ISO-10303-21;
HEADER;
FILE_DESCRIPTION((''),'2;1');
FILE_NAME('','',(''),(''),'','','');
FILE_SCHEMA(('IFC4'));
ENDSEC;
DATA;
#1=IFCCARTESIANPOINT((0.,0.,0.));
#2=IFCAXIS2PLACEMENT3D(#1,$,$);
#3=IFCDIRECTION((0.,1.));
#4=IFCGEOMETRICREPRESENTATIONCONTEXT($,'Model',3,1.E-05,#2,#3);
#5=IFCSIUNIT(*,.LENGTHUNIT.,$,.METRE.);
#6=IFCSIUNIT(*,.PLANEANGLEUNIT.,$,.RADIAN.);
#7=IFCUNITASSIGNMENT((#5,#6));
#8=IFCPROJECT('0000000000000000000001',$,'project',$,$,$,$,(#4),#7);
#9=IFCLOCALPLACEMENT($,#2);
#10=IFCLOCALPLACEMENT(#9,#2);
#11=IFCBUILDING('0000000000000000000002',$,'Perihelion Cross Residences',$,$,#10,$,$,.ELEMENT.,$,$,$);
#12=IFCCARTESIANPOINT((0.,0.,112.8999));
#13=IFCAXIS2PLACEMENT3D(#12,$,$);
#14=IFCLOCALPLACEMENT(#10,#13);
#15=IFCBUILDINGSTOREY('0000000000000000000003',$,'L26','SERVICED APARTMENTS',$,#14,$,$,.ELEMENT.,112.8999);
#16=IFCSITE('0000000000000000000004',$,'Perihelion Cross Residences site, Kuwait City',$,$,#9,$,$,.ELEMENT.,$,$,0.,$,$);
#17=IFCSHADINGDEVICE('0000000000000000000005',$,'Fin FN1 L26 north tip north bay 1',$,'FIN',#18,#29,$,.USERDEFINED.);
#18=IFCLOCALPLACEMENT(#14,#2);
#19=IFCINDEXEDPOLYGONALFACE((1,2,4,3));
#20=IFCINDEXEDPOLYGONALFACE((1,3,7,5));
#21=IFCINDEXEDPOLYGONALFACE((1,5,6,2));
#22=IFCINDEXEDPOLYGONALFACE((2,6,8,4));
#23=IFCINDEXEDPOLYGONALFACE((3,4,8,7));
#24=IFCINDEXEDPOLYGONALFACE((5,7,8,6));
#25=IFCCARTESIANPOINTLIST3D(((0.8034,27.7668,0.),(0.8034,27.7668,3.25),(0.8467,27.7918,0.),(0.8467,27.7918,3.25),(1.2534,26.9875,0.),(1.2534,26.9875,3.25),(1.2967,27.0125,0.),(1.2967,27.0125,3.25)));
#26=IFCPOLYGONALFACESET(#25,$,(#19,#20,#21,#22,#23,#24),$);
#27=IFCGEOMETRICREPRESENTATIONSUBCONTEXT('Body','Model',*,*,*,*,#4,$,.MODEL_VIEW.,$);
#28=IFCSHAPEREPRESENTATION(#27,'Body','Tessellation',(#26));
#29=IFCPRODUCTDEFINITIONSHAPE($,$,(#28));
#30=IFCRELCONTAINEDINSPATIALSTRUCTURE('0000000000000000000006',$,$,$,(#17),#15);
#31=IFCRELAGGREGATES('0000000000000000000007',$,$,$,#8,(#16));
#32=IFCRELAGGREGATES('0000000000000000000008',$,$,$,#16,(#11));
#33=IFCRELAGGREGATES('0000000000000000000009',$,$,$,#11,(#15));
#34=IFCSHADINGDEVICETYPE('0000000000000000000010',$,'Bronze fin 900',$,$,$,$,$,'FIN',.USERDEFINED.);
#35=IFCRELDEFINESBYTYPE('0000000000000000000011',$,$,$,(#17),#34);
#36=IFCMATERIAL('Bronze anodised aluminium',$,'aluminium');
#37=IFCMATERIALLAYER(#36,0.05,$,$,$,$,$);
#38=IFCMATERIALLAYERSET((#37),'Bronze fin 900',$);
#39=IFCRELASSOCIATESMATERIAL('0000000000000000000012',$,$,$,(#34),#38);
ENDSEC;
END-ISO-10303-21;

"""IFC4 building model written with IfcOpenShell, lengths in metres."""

from ifc_helpers import new_model, si_unit, direction, frame, origin, origin_2d, place, context, subcontext, project, spatial, rectangle, extrude, material, layer, layer_set, type_object, element, save


model = new_model("IFC4")

# Units and contexts
model_context = context("Model", 3, precision=1e-05, world=origin(), true_north=direction((0.0, 1.0)))
body_context = subcontext(model_context, "Body", "Model", "MODEL_VIEW")
ifc_project = project(units=[si_unit("LENGTHUNIT", "METRE"), si_unit("PLANEANGLEUNIT", "RADIAN")], contexts=[model_context])

# Site, building, storey
site_placement = place(None, origin())
site = spatial("IfcSite", under=ifc_project, at=site_placement, Name="Perihelion Cross Residences site, Kuwait City", CompositionType="ELEMENT", RefElevation=0.0)
building_placement = place(site_placement, origin())
building = spatial("IfcBuilding", under=site, at=building_placement, Name="Perihelion Cross Residences", CompositionType="ELEMENT")
storey_placement = place(building_placement, frame((0.0, 0.0, 112.8999)))
storey = spatial("IfcBuildingStorey", under=building, at=storey_placement, Name="L26", Description="SERVICED APARTMENTS", CompositionType="ELEMENT", Elevation=112.8999)

# Shading device
ifc_material_1 = material(Name="Bronze anodised aluminium", Category="aluminium")
ifc_layer_1 = layer(ifc_material_1, 0.05)
ifc_layer_set_1 = layer_set([ifc_layer_1], Name="Bronze fin 900")
shading_device_type = type_object("IfcShadingDeviceType", Name="Bronze fin 900", ElementType="FIN", PredefinedType="USERDEFINED", material=ifc_layer_set_1)
shading_device_placement = place(storey_placement, frame((1.05, 27.3896, 0.0), z_axis=(0.0, 0.0, 1.0), x_axis=(-0.5, 0.866025, 0.0)))
element("IfcShadingDevice", 1, at=shading_device_placement, inside=storey, type_object=shading_device_type, Name="Fin FN1 L26 north tip north bay 1", ObjectType="FIN", PredefinedType="USERDEFINED", context=body_context, shape_type="SweptSolid", body=[
    extrude(rectangle(XDim=0.8999, YDim=0.05, at=origin_2d()), origin(), (0.0, 0.0, 1.0), 3.25),
])

save(model, "model.ifc")
